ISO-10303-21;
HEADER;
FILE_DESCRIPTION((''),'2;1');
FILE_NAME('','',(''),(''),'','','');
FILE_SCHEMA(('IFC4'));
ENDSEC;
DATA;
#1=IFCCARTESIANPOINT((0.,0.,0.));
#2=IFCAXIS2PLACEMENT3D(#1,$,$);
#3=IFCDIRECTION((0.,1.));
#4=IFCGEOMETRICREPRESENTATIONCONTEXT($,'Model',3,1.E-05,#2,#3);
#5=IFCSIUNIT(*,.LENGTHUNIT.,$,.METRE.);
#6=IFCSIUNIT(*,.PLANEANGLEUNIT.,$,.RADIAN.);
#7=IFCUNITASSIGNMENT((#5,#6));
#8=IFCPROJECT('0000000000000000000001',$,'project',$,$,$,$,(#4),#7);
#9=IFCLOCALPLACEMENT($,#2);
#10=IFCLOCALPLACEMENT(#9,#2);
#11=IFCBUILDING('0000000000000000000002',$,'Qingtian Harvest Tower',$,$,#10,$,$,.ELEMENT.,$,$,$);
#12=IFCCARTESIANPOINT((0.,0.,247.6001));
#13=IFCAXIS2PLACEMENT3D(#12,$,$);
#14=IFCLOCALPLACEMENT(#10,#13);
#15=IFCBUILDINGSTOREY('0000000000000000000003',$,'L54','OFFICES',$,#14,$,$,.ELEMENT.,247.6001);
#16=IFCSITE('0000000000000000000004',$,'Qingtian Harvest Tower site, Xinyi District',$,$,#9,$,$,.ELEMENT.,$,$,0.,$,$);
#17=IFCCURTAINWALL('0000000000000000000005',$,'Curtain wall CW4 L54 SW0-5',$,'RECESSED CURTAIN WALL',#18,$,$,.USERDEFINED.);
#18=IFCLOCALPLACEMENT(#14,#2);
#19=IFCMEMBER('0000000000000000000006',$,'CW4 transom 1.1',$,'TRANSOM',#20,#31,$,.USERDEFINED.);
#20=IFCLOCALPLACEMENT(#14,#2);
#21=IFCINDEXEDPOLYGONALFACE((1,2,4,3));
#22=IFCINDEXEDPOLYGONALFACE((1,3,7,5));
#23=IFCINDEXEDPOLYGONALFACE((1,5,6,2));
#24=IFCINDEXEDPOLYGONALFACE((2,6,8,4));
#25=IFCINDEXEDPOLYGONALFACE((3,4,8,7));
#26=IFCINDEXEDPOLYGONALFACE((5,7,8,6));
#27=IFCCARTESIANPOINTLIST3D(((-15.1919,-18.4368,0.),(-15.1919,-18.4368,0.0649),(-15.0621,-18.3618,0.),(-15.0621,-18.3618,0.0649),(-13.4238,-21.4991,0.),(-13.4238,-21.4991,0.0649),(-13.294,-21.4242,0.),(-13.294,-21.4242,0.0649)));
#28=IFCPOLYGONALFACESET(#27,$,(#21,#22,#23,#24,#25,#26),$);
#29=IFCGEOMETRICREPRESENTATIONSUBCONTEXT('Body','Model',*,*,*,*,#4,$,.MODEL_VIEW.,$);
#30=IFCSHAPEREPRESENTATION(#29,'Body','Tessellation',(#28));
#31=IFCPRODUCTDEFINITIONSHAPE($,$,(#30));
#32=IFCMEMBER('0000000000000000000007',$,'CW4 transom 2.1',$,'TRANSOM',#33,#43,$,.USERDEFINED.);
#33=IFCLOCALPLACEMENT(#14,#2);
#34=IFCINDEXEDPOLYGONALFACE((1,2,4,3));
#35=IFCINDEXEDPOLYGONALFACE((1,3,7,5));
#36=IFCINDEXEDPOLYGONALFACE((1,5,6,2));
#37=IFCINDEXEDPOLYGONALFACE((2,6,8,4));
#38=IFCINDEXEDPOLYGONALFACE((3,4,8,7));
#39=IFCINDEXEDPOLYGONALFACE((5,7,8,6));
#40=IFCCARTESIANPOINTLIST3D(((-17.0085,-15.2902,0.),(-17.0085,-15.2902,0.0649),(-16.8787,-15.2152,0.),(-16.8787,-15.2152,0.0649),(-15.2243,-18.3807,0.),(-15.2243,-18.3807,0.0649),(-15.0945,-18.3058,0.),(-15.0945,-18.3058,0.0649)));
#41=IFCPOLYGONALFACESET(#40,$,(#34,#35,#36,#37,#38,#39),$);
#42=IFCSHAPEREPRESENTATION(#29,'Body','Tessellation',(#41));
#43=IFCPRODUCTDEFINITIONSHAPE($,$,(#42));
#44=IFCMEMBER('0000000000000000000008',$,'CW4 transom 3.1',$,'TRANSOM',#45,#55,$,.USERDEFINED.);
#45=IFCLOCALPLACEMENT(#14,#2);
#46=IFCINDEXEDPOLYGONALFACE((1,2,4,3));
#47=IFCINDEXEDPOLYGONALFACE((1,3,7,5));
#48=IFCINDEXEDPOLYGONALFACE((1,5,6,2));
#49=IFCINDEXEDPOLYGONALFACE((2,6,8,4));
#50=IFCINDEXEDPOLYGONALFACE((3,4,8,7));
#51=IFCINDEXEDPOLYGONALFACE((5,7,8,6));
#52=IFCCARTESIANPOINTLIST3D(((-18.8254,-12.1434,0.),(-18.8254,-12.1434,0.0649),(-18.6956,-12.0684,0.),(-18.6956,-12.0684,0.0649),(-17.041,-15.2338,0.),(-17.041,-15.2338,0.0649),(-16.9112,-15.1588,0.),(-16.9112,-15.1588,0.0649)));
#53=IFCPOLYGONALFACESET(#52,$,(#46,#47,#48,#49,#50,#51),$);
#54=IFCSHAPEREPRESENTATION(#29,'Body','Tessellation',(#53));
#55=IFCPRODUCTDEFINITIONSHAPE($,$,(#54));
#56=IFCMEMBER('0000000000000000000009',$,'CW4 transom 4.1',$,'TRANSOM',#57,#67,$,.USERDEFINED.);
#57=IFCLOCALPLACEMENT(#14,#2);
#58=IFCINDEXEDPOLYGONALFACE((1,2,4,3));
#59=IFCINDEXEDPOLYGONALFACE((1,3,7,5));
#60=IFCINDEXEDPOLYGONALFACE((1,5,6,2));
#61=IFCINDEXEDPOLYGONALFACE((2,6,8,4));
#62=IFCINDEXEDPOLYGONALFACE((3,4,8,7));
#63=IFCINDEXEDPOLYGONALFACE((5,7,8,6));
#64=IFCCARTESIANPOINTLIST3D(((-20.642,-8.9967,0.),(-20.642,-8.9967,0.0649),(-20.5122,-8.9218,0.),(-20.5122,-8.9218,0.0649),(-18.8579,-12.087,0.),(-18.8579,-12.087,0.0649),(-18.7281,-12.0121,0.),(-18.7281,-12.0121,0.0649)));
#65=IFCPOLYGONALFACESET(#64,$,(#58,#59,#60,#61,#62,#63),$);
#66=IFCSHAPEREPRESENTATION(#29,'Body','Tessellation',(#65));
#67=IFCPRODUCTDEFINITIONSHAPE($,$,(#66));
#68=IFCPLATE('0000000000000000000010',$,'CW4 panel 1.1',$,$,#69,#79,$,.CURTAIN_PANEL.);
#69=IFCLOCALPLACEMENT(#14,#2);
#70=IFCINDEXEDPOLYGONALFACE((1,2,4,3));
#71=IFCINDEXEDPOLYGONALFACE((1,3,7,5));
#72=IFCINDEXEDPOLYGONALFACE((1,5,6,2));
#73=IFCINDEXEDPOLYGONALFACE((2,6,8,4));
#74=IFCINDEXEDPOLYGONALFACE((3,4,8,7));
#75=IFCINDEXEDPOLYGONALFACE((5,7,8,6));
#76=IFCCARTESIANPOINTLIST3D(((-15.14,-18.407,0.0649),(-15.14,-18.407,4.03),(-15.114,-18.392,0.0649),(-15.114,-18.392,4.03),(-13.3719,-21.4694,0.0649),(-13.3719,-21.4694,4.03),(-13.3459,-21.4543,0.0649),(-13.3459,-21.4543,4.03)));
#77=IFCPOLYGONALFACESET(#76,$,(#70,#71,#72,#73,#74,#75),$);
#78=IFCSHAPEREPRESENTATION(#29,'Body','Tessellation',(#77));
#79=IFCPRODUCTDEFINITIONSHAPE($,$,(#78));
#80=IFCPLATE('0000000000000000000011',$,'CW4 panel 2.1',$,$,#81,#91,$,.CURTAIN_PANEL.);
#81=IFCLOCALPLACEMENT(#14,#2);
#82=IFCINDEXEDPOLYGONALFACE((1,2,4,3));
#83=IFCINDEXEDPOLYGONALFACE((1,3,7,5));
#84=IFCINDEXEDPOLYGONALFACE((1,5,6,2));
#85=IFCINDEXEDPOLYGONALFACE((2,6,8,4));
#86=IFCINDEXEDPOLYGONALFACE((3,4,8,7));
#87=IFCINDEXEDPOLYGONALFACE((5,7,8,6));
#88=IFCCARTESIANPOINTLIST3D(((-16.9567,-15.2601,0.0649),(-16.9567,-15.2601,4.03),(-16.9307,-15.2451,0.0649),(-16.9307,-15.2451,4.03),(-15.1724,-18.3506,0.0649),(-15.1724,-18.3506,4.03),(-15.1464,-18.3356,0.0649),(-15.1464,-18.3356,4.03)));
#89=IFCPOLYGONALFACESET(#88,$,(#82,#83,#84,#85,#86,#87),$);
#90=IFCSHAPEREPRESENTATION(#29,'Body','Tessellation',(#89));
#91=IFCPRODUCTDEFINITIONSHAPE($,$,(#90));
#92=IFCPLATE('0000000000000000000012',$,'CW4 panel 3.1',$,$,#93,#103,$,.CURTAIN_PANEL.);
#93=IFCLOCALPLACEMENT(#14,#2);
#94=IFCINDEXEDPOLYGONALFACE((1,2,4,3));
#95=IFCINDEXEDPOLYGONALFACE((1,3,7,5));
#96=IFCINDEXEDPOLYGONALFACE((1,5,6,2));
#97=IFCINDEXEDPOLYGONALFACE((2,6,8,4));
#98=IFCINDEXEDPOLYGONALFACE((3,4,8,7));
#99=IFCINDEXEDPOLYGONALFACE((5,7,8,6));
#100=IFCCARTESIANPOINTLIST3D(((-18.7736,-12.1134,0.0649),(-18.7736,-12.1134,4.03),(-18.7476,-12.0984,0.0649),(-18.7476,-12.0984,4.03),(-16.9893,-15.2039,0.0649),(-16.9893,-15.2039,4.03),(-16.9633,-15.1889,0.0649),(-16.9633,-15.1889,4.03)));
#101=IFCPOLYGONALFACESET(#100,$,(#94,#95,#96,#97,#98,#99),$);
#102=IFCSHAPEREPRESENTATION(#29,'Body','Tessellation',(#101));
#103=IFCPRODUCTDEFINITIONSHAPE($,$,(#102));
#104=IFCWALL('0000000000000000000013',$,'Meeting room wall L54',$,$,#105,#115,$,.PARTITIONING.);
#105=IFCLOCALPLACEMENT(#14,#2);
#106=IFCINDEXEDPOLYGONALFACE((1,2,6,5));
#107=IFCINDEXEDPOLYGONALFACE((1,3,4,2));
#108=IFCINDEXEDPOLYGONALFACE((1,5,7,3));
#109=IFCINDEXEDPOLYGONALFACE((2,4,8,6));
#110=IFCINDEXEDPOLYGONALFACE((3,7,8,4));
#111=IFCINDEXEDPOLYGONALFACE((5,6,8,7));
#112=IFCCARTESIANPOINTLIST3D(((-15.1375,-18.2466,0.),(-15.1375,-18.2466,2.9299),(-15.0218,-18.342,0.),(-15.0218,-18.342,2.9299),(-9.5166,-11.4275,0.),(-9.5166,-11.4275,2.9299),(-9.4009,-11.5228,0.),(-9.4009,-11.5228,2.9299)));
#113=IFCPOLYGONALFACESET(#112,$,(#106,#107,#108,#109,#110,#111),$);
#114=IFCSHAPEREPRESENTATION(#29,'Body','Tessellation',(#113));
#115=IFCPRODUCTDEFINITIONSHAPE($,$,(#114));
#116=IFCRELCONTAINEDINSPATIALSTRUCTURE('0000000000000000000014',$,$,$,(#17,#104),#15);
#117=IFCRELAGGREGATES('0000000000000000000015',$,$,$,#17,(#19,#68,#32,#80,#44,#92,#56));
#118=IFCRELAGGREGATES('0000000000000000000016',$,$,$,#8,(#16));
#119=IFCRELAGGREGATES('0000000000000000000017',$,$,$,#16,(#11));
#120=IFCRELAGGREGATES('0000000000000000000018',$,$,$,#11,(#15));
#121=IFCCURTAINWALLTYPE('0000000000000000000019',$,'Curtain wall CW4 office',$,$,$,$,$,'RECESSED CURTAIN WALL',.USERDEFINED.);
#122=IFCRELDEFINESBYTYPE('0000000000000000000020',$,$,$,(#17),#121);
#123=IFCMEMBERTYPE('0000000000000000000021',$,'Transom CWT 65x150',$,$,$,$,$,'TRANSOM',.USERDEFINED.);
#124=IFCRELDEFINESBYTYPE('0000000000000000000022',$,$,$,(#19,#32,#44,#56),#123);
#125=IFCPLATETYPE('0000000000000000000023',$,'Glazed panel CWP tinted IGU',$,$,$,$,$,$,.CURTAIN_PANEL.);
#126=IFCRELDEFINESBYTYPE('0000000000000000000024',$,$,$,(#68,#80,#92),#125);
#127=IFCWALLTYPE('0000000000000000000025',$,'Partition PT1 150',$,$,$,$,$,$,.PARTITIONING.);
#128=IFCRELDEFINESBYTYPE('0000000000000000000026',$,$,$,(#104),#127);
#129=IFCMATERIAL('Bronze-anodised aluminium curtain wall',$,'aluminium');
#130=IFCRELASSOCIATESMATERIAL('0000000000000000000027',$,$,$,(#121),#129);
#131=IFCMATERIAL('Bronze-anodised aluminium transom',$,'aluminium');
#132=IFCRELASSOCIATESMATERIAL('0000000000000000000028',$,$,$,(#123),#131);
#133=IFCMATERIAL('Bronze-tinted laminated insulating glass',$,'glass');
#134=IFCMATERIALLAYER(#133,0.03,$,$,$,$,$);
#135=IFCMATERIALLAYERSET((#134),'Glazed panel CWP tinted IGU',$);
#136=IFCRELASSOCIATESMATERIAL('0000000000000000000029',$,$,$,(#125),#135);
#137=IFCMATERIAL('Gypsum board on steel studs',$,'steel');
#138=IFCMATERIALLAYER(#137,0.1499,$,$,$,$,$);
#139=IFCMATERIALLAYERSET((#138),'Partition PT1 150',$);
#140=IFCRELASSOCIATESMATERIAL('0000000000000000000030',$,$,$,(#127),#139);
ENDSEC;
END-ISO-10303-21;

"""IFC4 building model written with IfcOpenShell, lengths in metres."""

from ifc_helpers import new_model, si_unit, direction, frame, frame_2d, origin, origin_2d, place, context, subcontext, project, spatial, rectangle, extrude, material, layer, layer_set, material_profile, profile_set, type_object, element, aggregate, save


model = new_model("IFC4")

# Units and contexts
model_context = context("Model", 3, precision=1e-05, world=origin(), true_north=direction((0.0, 1.0)))
body_context = subcontext(model_context, "Body", "Model", "MODEL_VIEW")
ifc_project = project(units=[si_unit("LENGTHUNIT", "METRE"), si_unit("PLANEANGLEUNIT", "RADIAN")], contexts=[model_context])

# Site, building, storey
site_placement = place(None, origin())
site = spatial("IfcSite", under=ifc_project, at=site_placement, Name="Qingtian Harvest Tower site, Xinyi District", CompositionType="ELEMENT", RefElevation=0.0)
building_placement = place(site_placement, origin())
building = spatial("IfcBuilding", under=site, at=building_placement, Name="Qingtian Harvest Tower", CompositionType="ELEMENT")
storey_placement = place(building_placement, frame((0.0, 0.0, 247.6001)))
storey = spatial("IfcBuildingStorey", under=building, at=storey_placement, Name="L54", Description="OFFICES", CompositionType="ELEMENT", Elevation=247.6001)

# Curtain wall
ifc_material_1 = material(Name="Bronze-anodised aluminium curtain wall", Category="aluminium")
curtain_wall_type = type_object("IfcCurtainWallType", Name="Curtain wall CW4 office", ElementType="RECESSED CURTAIN WALL", PredefinedType="USERDEFINED", material=ifc_material_1)
curtain_wall_placement = place(storey_placement, origin())
curtain_wall = element("IfcCurtainWall", 1, at=curtain_wall_placement, inside=storey, type_object=curtain_wall_type, Name="Curtain wall CW4 L54 SW0-5", ObjectType="RECESSED CURTAIN WALL", PredefinedType="USERDEFINED")

# Members
ifc_material_2 = material(Name="Bronze-anodised aluminium transom", Category="aluminium")
ifc_material_profile_1 = material_profile(ifc_material_2, rectangle(XDim=0.1499, YDim=0.0649, at=origin_2d()), Name="AL 65x150")
ifc_profile_set_1 = profile_set([ifc_material_profile_1], Name="Bronze-anodised aluminium transom")
member_type_1 = type_object("IfcMemberType", Name="Transom CWT 65x150", ElementType="TRANSOM", PredefinedType="USERDEFINED", material=ifc_profile_set_1)
member_1_placement = place(storey_placement, frame((-13.3589, -21.4617, 0.0325), z_axis=(-0.500015, 0.866017, 0.0), x_axis=(-0.866017, -0.500015, 0.0)))
member_1 = element("IfcMember", 2, at=member_1_placement, type_object=member_type_1, Name="CW4 transom 1.1", ObjectType="TRANSOM", PredefinedType="USERDEFINED", context=body_context, shape_type="SweptSolid", body=[
    extrude(rectangle(XDim=0.1499, YDim=0.0649, at=origin_2d()), origin(), (0.0, 0.0, 1.0), 3.5361),
])
member_2_placement = place(storey_placement, frame((-15.1594, -18.3433, 0.0325), z_axis=(-0.499965, 0.866045, 0.0), x_axis=(-0.866045, -0.499965, 0.0)))
member_2 = element("IfcMember", 3, at=member_2_placement, type_object=member_type_1, Name="CW4 transom 2.1", ObjectType="TRANSOM", PredefinedType="USERDEFINED", context=body_context, shape_type="SweptSolid", body=[
    extrude(rectangle(XDim=0.1499, YDim=0.0649, at=origin_2d()), origin(), (0.0, 0.0, 1.0), 3.5686),
])
member_3_placement = place(storey_placement, frame((-16.9761, -15.1963, 0.0325), z_axis=(-0.500046, 0.865999, 0.0), x_axis=(-0.865999, -0.500046, 0.0)))
member_3 = element("IfcMember", 4, at=member_3_placement, type_object=member_type_1, Name="CW4 transom 3.1", ObjectType="TRANSOM", PredefinedType="USERDEFINED", context=body_context, shape_type="SweptSolid", body=[
    extrude(rectangle(XDim=0.1499, YDim=0.0649, at=origin_2d()), origin(), (0.0, 0.0, 1.0), 3.5686),
])
member_4_placement = place(storey_placement, frame((-18.793, -12.0496, 0.0325), z_axis=(-0.499995, 0.866028, 0.0), x_axis=(-0.866028, -0.499995, 0.0)))
member_4 = element("IfcMember", 5, at=member_4_placement, type_object=member_type_1, Name="CW4 transom 4.1", ObjectType="TRANSOM", PredefinedType="USERDEFINED", context=body_context, shape_type="SweptSolid", body=[
    extrude(rectangle(XDim=0.1499, YDim=0.0649, at=origin_2d()), origin(), (0.0, 0.0, 1.0), 3.5684),
])

# Plates
ifc_material_3 = material(Name="Bronze-tinted laminated insulating glass", Category="glass")
ifc_layer_1 = layer(ifc_material_3, 0.03)
ifc_layer_set_1 = layer_set([ifc_layer_1], Name="Glazed panel CWP tinted IGU")
plate_type = type_object("IfcPlateType", Name="Glazed panel CWP tinted IGU", PredefinedType="CURTAIN_PANEL", material=ifc_layer_set_1)
plate_1_placement = place(storey_placement, frame((-14.2429, -19.9307, 0.0649), z_axis=(0.0, 0.0, 1.0), x_axis=(-0.5, 0.866025, 0.0)))
plate_1 = element("IfcPlate", 6, at=plate_1_placement, type_object=plate_type, Name="CW4 panel 1.1", PredefinedType="CURTAIN_PANEL", context=body_context, shape_type="SweptSolid", body=[
    extrude(rectangle(XDim=3.5361, YDim=0.03, at=origin_2d()), origin(), (0.0, 0.0, 1.0), 3.9651),
])
plate_2_placement = place(storey_placement, frame((-16.0515, -16.7979, 0.0649), z_axis=(0.0, 0.0, 1.0), x_axis=(-0.5, 0.866025, 0.0)))
plate_2 = element("IfcPlate", 7, at=plate_2_placement, type_object=plate_type, Name="CW4 panel 2.1", PredefinedType="CURTAIN_PANEL", context=body_context, shape_type="SweptSolid", body=[
    extrude(rectangle(XDim=3.5686, YDim=0.03, at=origin_2d()), origin(), (0.0, 0.0, 1.0), 3.9651),
])
plate_3_placement = place(storey_placement, frame((-17.8684, -13.6511, 0.0649), z_axis=(0.0, 0.0, 1.0), x_axis=(-0.5, 0.866025, 0.0)))
plate_3 = element("IfcPlate", 8, at=plate_3_placement, type_object=plate_type, Name="CW4 panel 3.1", PredefinedType="CURTAIN_PANEL", context=body_context, shape_type="SweptSolid", body=[
    extrude(rectangle(XDim=3.5686, YDim=0.03, at=origin_2d()), origin(), (0.0, 0.0, 1.0), 3.9651),
])
aggregate(curtain_wall, [member_1, plate_1, member_2, plate_2, member_3, plate_3, member_4])

# Wall
ifc_material_4 = material(Name="Gypsum board on steel studs", Category="steel")
ifc_layer_2 = layer(ifc_material_4, 0.1499)
ifc_layer_set_2 = layer_set([ifc_layer_2], Name="Partition PT1 150")
wall_type = type_object("IfcWallType", Name="Partition PT1 150", PredefinedType="PARTITIONING", material=ifc_layer_set_2)
wall_1_placement = place(storey_placement, frame((-15.0796, -18.2942, 0.0), z_axis=(0.0, 0.0, 1.0), x_axis=(0.636053, 0.771645, 0.0)))
element("IfcWall", 9, at=wall_1_placement, inside=storey, type_object=wall_type, Name="Meeting room wall L54", PredefinedType="PARTITIONING", context=body_context, shape_type="SweptSolid", body=[
    extrude(rectangle(XDim=8.8372, YDim=0.1499, at=frame_2d((4.4185, 0.0))), origin(), (0.0, 0.0, 1.0), 2.9299),
])

save(model, "model.ifc")
